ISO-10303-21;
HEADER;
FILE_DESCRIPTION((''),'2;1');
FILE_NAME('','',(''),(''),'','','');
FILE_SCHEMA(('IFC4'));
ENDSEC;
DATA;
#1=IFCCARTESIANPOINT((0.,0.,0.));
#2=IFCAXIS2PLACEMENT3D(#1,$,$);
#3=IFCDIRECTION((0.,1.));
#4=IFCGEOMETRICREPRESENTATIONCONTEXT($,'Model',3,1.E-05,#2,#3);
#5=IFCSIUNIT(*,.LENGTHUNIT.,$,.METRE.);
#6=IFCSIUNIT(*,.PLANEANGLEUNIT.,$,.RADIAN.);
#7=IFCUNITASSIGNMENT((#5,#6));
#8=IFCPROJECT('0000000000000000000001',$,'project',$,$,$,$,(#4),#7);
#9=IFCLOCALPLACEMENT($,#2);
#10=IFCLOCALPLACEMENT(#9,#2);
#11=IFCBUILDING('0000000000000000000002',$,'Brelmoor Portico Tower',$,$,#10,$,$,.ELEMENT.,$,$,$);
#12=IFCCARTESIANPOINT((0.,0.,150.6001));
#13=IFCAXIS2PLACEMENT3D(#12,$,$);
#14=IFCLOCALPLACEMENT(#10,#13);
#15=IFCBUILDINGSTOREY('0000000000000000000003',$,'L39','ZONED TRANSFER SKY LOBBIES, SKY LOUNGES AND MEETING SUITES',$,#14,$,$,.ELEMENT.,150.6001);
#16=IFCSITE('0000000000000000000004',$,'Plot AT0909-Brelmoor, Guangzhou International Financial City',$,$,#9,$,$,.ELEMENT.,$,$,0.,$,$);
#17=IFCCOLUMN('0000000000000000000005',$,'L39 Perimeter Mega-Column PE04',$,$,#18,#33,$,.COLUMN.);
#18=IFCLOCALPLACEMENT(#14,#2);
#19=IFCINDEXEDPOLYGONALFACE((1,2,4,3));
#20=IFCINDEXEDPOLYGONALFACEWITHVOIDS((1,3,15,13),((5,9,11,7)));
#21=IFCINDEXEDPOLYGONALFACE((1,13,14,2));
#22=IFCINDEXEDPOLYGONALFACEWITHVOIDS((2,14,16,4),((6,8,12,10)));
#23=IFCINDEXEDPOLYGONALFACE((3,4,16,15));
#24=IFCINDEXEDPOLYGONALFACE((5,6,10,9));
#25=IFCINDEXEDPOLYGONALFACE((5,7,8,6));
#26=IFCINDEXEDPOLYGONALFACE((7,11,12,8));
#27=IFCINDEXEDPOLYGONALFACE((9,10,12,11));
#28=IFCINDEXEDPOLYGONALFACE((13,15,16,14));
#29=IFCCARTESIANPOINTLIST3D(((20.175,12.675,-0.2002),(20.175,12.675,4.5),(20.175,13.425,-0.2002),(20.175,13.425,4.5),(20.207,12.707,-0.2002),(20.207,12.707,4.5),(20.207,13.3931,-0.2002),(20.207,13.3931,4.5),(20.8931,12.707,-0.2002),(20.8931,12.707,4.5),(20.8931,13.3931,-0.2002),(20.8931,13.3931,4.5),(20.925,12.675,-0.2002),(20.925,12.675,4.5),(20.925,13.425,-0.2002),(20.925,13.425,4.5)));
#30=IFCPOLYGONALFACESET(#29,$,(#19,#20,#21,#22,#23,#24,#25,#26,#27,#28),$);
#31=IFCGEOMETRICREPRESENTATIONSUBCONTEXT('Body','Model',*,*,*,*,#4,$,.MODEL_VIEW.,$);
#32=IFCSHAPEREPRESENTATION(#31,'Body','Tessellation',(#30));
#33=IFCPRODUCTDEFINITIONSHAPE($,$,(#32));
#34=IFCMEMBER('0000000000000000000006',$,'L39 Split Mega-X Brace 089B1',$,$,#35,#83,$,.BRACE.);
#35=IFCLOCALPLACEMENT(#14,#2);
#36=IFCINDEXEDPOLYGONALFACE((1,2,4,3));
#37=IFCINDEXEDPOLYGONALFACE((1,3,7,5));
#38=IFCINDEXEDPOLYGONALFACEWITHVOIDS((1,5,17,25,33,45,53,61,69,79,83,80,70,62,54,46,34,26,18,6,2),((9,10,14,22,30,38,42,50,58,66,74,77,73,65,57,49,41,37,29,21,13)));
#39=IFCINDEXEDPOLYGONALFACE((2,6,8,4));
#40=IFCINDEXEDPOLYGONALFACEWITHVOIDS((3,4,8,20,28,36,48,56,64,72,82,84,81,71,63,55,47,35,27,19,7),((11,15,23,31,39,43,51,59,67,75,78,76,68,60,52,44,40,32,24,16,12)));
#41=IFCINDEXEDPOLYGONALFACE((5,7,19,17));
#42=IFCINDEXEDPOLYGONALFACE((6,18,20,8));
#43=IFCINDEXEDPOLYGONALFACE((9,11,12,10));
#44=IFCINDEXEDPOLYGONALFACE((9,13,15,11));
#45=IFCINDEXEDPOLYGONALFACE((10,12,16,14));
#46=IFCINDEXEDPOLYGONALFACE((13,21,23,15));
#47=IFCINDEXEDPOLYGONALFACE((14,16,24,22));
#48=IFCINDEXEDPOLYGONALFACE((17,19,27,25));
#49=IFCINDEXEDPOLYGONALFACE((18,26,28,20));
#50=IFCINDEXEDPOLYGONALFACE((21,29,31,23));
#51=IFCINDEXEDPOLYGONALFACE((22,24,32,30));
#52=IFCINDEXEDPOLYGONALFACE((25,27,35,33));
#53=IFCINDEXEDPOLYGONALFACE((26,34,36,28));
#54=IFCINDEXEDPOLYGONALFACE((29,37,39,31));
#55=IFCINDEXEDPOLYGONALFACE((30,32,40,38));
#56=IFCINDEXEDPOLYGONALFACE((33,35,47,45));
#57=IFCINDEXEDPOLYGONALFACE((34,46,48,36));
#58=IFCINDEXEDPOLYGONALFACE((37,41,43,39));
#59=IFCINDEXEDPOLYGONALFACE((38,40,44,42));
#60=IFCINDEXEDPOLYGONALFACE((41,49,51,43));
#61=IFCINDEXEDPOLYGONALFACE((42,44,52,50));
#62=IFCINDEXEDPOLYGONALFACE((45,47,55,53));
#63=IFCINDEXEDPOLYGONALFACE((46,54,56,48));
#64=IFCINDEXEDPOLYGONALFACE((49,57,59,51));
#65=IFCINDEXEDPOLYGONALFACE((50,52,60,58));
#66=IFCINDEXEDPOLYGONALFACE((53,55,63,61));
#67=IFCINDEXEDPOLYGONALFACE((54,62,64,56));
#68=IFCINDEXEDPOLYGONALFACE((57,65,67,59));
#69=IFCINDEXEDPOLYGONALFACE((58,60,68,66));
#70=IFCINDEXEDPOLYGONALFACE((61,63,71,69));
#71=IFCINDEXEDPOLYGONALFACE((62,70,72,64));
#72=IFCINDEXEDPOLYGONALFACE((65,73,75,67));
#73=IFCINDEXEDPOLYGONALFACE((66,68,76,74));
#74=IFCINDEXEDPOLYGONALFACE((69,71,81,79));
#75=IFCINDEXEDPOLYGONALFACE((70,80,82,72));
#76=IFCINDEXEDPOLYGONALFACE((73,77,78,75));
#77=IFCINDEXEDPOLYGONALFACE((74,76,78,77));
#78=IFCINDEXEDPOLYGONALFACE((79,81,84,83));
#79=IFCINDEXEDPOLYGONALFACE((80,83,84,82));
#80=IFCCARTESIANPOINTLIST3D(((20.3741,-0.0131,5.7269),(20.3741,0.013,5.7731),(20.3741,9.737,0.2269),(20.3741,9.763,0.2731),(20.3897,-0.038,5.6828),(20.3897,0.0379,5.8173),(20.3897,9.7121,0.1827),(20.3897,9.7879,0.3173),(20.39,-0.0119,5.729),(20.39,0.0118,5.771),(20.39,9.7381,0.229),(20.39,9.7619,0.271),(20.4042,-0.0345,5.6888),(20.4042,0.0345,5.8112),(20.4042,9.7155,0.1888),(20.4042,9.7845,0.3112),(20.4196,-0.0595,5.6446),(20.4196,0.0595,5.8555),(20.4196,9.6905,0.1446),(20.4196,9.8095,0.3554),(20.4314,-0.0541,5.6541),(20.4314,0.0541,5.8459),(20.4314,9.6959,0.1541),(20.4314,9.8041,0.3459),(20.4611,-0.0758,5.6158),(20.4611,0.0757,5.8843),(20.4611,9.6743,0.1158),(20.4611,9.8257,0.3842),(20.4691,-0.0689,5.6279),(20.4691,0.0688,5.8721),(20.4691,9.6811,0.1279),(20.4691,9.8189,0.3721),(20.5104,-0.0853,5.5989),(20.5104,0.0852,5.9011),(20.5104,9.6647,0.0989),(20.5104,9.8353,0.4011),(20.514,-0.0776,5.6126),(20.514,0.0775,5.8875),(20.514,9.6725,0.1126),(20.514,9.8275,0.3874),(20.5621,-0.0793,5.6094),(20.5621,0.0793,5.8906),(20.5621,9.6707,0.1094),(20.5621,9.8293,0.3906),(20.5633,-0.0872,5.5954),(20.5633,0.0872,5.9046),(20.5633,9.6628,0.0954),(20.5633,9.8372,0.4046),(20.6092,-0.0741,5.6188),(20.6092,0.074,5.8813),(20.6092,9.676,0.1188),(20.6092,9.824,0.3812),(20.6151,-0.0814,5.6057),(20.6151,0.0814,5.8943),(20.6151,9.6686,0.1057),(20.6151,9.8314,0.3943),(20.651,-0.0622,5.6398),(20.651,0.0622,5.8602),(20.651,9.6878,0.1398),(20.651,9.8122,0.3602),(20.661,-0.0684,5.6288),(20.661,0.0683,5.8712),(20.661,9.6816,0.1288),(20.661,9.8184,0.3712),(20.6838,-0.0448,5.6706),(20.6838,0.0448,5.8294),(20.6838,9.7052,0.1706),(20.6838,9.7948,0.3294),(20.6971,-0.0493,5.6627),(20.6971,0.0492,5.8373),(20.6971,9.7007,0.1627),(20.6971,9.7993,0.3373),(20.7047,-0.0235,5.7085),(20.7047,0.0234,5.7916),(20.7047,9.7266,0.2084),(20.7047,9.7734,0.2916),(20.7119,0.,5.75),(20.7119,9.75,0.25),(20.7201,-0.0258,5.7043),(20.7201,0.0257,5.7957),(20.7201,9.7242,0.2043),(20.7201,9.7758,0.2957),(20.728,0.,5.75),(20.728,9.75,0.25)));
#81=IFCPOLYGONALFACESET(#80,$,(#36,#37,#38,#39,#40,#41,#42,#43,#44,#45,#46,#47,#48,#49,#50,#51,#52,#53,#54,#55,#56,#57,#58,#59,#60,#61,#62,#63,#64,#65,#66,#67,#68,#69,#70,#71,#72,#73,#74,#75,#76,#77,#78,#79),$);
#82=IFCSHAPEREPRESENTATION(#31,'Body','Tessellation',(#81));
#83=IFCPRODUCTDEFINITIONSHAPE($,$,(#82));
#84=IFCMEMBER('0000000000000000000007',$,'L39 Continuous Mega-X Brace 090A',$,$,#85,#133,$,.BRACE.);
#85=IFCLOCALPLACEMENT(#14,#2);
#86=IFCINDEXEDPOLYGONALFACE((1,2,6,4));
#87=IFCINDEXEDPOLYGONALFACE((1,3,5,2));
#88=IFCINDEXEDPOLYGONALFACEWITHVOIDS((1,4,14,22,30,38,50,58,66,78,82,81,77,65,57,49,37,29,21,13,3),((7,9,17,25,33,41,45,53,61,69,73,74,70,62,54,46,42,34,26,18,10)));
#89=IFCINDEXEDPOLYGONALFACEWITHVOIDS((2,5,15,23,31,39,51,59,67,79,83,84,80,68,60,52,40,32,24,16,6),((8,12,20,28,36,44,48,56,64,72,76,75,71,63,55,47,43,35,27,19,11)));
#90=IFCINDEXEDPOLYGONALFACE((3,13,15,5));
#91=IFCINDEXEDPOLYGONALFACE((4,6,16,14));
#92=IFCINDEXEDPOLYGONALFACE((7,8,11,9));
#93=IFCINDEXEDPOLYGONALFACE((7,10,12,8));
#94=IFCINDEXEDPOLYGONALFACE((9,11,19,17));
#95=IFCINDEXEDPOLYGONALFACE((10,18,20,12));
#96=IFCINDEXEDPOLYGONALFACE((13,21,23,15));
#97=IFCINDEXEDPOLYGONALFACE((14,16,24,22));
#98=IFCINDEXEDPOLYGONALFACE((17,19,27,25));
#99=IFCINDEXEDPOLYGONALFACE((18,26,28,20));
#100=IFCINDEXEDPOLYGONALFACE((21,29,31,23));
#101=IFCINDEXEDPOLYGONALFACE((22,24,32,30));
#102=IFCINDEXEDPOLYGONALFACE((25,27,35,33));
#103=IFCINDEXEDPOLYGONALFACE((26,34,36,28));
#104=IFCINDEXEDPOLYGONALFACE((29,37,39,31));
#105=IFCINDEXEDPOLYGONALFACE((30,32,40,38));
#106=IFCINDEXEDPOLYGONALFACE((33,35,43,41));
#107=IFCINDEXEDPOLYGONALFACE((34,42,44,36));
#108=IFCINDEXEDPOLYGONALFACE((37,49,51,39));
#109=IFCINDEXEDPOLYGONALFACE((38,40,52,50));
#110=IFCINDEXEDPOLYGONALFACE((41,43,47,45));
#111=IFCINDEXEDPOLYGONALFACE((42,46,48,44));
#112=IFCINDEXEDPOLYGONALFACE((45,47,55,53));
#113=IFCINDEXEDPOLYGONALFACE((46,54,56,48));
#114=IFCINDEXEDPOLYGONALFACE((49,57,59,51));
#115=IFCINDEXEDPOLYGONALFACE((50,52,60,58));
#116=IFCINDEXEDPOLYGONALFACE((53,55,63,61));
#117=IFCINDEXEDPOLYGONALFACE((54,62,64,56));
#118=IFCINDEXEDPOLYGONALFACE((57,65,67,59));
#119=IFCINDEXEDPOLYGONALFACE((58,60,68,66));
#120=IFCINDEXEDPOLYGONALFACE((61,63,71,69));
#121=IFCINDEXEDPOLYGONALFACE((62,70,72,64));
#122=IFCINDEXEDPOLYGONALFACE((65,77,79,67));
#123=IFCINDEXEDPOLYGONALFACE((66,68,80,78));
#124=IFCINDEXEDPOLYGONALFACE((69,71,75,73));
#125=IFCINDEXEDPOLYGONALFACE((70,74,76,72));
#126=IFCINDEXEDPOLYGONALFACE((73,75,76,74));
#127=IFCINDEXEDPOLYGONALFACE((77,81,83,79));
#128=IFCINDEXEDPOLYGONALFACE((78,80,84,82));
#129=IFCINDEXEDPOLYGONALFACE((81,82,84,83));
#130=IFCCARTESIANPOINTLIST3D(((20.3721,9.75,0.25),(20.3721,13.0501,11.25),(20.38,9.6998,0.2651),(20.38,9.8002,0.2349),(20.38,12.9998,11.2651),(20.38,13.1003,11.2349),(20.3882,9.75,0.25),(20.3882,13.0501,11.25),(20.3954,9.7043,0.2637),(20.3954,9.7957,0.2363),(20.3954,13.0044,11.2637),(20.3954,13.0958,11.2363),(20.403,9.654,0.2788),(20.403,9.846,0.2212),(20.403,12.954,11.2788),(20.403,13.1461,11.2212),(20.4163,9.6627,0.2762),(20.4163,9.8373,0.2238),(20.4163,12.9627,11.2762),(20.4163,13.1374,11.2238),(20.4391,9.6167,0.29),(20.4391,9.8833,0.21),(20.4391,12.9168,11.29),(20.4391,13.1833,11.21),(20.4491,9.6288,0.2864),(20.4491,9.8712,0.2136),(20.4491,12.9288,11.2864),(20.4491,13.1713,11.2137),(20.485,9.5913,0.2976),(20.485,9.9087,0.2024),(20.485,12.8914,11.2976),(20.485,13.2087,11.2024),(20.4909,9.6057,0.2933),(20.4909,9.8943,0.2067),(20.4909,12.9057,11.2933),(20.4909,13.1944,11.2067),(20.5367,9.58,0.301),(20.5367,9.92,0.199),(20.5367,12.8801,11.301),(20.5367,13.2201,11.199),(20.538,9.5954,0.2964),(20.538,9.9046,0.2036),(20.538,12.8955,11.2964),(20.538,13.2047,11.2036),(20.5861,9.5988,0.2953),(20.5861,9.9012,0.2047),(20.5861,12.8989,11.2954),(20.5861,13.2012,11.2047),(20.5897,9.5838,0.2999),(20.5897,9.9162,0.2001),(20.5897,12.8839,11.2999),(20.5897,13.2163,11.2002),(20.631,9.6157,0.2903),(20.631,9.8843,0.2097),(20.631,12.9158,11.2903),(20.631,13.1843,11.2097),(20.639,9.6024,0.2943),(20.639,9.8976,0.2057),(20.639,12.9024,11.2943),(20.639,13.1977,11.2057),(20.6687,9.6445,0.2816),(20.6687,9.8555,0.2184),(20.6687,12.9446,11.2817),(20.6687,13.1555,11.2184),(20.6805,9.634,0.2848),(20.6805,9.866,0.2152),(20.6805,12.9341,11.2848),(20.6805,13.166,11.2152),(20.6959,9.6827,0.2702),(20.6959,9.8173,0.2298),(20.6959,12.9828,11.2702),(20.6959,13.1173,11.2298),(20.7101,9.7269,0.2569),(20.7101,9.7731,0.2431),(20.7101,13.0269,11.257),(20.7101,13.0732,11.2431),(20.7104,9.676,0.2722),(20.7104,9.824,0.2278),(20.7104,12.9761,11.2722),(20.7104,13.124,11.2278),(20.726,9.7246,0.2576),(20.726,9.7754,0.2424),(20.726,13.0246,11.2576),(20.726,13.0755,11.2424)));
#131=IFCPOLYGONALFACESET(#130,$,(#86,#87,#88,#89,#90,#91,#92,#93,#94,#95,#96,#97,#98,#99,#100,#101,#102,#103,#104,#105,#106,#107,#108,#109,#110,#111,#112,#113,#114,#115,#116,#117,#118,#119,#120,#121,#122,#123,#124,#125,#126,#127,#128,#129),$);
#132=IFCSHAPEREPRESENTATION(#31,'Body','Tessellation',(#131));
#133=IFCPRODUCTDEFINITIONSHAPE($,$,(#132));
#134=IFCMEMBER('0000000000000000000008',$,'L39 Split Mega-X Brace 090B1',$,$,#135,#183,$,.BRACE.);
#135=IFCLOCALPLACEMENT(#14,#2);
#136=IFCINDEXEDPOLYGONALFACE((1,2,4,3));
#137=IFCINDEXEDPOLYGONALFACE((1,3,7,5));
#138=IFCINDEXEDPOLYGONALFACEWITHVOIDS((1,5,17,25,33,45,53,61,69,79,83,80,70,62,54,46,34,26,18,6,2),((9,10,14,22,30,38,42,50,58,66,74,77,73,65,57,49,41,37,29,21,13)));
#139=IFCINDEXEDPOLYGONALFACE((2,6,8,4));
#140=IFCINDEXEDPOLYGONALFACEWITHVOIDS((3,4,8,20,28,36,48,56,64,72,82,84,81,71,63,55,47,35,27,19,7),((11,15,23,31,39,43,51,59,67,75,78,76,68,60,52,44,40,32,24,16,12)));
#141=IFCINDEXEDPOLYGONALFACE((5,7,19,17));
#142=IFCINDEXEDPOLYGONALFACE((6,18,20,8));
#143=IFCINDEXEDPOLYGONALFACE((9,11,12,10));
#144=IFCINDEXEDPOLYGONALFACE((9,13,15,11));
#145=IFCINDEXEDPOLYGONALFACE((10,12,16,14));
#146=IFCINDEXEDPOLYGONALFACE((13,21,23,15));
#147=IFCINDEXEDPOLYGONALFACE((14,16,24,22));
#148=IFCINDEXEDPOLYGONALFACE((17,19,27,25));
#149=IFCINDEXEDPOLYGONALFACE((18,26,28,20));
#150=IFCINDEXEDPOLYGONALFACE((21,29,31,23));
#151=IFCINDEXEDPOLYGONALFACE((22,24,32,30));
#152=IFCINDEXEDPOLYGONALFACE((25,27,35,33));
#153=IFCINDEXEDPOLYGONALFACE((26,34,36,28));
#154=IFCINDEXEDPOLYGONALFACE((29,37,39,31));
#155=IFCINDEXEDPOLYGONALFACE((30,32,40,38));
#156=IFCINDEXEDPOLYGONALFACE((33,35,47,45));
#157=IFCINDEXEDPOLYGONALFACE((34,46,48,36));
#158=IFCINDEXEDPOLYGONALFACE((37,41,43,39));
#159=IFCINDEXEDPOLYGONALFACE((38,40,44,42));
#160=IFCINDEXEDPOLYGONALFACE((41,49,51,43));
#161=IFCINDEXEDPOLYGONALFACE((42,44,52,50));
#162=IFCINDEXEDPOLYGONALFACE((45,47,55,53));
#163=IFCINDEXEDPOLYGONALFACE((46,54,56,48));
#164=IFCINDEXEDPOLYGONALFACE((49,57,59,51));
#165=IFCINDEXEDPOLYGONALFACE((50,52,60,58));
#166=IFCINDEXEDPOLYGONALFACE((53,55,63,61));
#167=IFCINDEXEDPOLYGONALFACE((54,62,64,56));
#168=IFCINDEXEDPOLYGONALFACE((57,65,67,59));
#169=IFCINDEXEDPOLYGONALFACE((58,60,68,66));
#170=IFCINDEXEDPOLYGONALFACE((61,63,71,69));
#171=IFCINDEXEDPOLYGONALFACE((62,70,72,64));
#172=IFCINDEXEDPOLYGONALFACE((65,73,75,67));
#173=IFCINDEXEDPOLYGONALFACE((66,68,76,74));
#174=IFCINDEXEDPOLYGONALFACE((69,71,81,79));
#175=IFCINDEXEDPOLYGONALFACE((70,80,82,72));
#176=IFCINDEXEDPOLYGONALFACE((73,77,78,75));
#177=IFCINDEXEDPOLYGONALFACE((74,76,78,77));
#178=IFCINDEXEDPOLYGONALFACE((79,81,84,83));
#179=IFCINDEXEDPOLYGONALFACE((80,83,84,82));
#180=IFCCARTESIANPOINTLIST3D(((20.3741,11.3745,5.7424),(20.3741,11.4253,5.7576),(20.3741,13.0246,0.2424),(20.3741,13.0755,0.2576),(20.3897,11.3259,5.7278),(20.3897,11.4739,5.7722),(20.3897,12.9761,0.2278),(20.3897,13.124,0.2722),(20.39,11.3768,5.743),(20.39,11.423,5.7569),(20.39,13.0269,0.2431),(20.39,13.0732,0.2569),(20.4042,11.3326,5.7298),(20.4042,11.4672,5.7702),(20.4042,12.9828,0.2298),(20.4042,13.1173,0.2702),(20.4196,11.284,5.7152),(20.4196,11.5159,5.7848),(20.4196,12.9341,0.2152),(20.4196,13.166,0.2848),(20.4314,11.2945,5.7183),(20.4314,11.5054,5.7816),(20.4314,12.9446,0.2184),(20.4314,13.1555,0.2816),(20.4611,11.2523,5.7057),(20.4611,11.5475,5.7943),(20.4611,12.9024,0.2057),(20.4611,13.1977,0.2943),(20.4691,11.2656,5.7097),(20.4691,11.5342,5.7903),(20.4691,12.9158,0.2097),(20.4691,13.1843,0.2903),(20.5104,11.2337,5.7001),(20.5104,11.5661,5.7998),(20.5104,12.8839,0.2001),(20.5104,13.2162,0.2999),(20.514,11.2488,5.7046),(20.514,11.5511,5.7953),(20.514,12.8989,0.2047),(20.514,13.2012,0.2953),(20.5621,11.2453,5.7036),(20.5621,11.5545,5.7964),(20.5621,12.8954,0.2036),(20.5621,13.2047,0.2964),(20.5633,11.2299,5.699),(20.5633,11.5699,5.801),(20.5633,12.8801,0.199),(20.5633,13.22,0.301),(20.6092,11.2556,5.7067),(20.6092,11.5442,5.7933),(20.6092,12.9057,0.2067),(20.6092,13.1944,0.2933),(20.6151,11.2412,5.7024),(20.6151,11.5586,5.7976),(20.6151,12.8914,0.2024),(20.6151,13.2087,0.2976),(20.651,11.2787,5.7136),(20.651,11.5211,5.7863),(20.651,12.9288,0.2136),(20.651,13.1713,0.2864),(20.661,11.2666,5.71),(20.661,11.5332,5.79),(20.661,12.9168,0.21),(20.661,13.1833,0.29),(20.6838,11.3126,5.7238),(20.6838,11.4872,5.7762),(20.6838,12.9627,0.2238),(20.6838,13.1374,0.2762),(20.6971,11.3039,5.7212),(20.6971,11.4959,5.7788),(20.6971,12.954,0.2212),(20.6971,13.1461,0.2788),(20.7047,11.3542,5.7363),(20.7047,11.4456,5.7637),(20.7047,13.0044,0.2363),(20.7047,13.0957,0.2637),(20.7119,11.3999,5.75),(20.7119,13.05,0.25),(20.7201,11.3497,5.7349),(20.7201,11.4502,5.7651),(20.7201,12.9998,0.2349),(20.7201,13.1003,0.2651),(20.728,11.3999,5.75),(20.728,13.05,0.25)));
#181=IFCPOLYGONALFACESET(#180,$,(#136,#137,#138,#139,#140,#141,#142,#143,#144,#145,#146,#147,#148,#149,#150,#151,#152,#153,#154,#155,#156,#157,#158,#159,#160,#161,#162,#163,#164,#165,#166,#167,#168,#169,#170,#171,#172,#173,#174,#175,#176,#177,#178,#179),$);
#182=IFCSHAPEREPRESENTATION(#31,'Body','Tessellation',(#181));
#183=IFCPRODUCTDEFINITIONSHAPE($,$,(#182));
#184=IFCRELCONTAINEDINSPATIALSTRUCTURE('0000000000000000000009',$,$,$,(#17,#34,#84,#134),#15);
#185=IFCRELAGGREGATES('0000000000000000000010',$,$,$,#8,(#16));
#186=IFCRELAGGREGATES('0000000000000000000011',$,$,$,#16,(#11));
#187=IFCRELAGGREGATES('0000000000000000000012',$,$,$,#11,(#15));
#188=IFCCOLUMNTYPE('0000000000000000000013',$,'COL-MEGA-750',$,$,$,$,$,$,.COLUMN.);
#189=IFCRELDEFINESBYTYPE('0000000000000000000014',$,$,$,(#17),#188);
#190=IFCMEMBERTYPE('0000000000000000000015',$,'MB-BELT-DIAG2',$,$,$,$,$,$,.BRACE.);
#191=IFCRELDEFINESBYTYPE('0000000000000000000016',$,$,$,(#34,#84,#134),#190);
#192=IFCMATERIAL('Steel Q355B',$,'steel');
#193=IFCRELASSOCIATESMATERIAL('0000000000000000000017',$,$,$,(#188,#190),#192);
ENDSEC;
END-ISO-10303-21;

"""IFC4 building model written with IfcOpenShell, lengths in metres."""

from ifc_helpers import new_model, si_unit, direction, frame, origin, origin_2d, place, context, subcontext, project, spatial, hollow_rectangle, hollow_circle, extrude, material, material_profile, profile_set, type_object, element, save


model = new_model("IFC4")

# Units and contexts
model_context = context("Model", 3, precision=1e-05, world=origin(), true_north=direction((0.0, 1.0)))
body_context = subcontext(model_context, "Body", "Model", "MODEL_VIEW")
ifc_project = project(units=[si_unit("LENGTHUNIT", "METRE"), si_unit("PLANEANGLEUNIT", "RADIAN")], contexts=[model_context])

# Site, building, storey
site_placement = place(None, origin())
site = spatial("IfcSite", under=ifc_project, at=site_placement, Name="Plot AT0909-Brelmoor, Guangzhou International Financial City", CompositionType="ELEMENT", RefElevation=0.0)
building_placement = place(site_placement, origin())
building = spatial("IfcBuilding", under=site, at=building_placement, Name="Brelmoor Portico Tower", CompositionType="ELEMENT")
storey_placement = place(building_placement, frame((0.0, 0.0, 150.6001)))
storey = spatial("IfcBuildingStorey", under=building, at=storey_placement, Name="L39", Description="ZONED TRANSFER SKY LOBBIES, SKY LOUNGES AND MEETING SUITES", CompositionType="ELEMENT", Elevation=150.6001)

# Column
ifc_material_1 = material(Name="Steel Q355B", Category="steel")
ifc_material_profile_1 = material_profile(ifc_material_1, hollow_rectangle(XDim=0.75, YDim=0.75, WallThickness=0.032, at=origin_2d()), Name="BOX 750x750x32")
ifc_profile_set_1 = profile_set([ifc_material_profile_1], Name="Steel Q355B")
column_type = type_object("IfcColumnType", Name="COL-MEGA-750", PredefinedType="COLUMN", material=ifc_profile_set_1)
column_placement = place(storey_placement, frame((20.55, 13.05, -0.2002), z_axis=(0.0, 0.0, 1.0), x_axis=(0.0, 1.0, 0.0)))
element("IfcColumn", 1, at=column_placement, inside=storey, type_object=column_type, Name="L39 Perimeter Mega-Column PE04", PredefinedType="COLUMN", context=body_context, shape_type="SweptSolid", body=[
    extrude(hollow_rectangle(XDim=0.75, YDim=0.75, WallThickness=0.032, at=origin_2d()), origin(), (0.0, 0.0, 1.0), 4.7002),
])

# Members
ifc_material_profile_2 = material_profile(ifc_material_1, hollow_circle(Radius=0.178, WallThickness=0.0161, at=origin_2d()), Name="CHS 356x16")
ifc_profile_set_2 = profile_set([ifc_material_profile_2], Name="Steel Q355B")
member_type_1 = type_object("IfcMemberType", Name="MB-BELT-DIAG2", PredefinedType="BRACE", material=ifc_profile_set_2)
member_1_placement = place(storey_placement, frame((20.55, 9.75, 0.25), z_axis=(0.0, -0.870978, 0.491321), x_axis=(1.0, 0.0, 0.0)))
element("IfcMember", 2, at=member_1_placement, inside=storey, type_object=member_type_1, Name="L39 Split Mega-X Brace 089B1", PredefinedType="BRACE", context=body_context, shape_type="SweptSolid", body=[
    extrude(hollow_circle(Radius=0.178, WallThickness=0.0161, at=origin_2d()), origin(), (0.0, 0.0, 1.0), 11.1943),
])
member_2_placement = place(storey_placement, frame((20.55, 9.75, 0.25), z_axis=(0.0, 0.287352, 0.957825), x_axis=(-1.0, 0.0, 0.0)))
element("IfcMember", 3, at=member_2_placement, inside=storey, type_object=member_type_1, Name="L39 Continuous Mega-X Brace 090A", PredefinedType="BRACE", context=body_context, shape_type="SweptSolid", body=[
    extrude(hollow_circle(Radius=0.178, WallThickness=0.0161, at=origin_2d()), origin(), (0.0, 0.0, 1.0), 11.4844),
])
for number, where, z_axis, x_axis, name in (
    (4, (20.55, 13.05, 0.25), (0.0, -0.287371, 0.957819), (1.0, 0.0, 0.0), "L39 Split Mega-X Brace 090B1"),
):
    element("IfcMember", number, at=place(storey_placement, frame(where, z_axis=z_axis, x_axis=x_axis)), inside=storey, type_object=member_type_1, Name=name, PredefinedType="BRACE", context=body_context, shape_type="SweptSolid", body=[
        extrude(hollow_circle(Radius=0.178, WallThickness=0.0161, at=origin_2d()), origin(), (0.0, 0.0, 1.0), 5.7422),
    ])

save(model, "model.ifc")
